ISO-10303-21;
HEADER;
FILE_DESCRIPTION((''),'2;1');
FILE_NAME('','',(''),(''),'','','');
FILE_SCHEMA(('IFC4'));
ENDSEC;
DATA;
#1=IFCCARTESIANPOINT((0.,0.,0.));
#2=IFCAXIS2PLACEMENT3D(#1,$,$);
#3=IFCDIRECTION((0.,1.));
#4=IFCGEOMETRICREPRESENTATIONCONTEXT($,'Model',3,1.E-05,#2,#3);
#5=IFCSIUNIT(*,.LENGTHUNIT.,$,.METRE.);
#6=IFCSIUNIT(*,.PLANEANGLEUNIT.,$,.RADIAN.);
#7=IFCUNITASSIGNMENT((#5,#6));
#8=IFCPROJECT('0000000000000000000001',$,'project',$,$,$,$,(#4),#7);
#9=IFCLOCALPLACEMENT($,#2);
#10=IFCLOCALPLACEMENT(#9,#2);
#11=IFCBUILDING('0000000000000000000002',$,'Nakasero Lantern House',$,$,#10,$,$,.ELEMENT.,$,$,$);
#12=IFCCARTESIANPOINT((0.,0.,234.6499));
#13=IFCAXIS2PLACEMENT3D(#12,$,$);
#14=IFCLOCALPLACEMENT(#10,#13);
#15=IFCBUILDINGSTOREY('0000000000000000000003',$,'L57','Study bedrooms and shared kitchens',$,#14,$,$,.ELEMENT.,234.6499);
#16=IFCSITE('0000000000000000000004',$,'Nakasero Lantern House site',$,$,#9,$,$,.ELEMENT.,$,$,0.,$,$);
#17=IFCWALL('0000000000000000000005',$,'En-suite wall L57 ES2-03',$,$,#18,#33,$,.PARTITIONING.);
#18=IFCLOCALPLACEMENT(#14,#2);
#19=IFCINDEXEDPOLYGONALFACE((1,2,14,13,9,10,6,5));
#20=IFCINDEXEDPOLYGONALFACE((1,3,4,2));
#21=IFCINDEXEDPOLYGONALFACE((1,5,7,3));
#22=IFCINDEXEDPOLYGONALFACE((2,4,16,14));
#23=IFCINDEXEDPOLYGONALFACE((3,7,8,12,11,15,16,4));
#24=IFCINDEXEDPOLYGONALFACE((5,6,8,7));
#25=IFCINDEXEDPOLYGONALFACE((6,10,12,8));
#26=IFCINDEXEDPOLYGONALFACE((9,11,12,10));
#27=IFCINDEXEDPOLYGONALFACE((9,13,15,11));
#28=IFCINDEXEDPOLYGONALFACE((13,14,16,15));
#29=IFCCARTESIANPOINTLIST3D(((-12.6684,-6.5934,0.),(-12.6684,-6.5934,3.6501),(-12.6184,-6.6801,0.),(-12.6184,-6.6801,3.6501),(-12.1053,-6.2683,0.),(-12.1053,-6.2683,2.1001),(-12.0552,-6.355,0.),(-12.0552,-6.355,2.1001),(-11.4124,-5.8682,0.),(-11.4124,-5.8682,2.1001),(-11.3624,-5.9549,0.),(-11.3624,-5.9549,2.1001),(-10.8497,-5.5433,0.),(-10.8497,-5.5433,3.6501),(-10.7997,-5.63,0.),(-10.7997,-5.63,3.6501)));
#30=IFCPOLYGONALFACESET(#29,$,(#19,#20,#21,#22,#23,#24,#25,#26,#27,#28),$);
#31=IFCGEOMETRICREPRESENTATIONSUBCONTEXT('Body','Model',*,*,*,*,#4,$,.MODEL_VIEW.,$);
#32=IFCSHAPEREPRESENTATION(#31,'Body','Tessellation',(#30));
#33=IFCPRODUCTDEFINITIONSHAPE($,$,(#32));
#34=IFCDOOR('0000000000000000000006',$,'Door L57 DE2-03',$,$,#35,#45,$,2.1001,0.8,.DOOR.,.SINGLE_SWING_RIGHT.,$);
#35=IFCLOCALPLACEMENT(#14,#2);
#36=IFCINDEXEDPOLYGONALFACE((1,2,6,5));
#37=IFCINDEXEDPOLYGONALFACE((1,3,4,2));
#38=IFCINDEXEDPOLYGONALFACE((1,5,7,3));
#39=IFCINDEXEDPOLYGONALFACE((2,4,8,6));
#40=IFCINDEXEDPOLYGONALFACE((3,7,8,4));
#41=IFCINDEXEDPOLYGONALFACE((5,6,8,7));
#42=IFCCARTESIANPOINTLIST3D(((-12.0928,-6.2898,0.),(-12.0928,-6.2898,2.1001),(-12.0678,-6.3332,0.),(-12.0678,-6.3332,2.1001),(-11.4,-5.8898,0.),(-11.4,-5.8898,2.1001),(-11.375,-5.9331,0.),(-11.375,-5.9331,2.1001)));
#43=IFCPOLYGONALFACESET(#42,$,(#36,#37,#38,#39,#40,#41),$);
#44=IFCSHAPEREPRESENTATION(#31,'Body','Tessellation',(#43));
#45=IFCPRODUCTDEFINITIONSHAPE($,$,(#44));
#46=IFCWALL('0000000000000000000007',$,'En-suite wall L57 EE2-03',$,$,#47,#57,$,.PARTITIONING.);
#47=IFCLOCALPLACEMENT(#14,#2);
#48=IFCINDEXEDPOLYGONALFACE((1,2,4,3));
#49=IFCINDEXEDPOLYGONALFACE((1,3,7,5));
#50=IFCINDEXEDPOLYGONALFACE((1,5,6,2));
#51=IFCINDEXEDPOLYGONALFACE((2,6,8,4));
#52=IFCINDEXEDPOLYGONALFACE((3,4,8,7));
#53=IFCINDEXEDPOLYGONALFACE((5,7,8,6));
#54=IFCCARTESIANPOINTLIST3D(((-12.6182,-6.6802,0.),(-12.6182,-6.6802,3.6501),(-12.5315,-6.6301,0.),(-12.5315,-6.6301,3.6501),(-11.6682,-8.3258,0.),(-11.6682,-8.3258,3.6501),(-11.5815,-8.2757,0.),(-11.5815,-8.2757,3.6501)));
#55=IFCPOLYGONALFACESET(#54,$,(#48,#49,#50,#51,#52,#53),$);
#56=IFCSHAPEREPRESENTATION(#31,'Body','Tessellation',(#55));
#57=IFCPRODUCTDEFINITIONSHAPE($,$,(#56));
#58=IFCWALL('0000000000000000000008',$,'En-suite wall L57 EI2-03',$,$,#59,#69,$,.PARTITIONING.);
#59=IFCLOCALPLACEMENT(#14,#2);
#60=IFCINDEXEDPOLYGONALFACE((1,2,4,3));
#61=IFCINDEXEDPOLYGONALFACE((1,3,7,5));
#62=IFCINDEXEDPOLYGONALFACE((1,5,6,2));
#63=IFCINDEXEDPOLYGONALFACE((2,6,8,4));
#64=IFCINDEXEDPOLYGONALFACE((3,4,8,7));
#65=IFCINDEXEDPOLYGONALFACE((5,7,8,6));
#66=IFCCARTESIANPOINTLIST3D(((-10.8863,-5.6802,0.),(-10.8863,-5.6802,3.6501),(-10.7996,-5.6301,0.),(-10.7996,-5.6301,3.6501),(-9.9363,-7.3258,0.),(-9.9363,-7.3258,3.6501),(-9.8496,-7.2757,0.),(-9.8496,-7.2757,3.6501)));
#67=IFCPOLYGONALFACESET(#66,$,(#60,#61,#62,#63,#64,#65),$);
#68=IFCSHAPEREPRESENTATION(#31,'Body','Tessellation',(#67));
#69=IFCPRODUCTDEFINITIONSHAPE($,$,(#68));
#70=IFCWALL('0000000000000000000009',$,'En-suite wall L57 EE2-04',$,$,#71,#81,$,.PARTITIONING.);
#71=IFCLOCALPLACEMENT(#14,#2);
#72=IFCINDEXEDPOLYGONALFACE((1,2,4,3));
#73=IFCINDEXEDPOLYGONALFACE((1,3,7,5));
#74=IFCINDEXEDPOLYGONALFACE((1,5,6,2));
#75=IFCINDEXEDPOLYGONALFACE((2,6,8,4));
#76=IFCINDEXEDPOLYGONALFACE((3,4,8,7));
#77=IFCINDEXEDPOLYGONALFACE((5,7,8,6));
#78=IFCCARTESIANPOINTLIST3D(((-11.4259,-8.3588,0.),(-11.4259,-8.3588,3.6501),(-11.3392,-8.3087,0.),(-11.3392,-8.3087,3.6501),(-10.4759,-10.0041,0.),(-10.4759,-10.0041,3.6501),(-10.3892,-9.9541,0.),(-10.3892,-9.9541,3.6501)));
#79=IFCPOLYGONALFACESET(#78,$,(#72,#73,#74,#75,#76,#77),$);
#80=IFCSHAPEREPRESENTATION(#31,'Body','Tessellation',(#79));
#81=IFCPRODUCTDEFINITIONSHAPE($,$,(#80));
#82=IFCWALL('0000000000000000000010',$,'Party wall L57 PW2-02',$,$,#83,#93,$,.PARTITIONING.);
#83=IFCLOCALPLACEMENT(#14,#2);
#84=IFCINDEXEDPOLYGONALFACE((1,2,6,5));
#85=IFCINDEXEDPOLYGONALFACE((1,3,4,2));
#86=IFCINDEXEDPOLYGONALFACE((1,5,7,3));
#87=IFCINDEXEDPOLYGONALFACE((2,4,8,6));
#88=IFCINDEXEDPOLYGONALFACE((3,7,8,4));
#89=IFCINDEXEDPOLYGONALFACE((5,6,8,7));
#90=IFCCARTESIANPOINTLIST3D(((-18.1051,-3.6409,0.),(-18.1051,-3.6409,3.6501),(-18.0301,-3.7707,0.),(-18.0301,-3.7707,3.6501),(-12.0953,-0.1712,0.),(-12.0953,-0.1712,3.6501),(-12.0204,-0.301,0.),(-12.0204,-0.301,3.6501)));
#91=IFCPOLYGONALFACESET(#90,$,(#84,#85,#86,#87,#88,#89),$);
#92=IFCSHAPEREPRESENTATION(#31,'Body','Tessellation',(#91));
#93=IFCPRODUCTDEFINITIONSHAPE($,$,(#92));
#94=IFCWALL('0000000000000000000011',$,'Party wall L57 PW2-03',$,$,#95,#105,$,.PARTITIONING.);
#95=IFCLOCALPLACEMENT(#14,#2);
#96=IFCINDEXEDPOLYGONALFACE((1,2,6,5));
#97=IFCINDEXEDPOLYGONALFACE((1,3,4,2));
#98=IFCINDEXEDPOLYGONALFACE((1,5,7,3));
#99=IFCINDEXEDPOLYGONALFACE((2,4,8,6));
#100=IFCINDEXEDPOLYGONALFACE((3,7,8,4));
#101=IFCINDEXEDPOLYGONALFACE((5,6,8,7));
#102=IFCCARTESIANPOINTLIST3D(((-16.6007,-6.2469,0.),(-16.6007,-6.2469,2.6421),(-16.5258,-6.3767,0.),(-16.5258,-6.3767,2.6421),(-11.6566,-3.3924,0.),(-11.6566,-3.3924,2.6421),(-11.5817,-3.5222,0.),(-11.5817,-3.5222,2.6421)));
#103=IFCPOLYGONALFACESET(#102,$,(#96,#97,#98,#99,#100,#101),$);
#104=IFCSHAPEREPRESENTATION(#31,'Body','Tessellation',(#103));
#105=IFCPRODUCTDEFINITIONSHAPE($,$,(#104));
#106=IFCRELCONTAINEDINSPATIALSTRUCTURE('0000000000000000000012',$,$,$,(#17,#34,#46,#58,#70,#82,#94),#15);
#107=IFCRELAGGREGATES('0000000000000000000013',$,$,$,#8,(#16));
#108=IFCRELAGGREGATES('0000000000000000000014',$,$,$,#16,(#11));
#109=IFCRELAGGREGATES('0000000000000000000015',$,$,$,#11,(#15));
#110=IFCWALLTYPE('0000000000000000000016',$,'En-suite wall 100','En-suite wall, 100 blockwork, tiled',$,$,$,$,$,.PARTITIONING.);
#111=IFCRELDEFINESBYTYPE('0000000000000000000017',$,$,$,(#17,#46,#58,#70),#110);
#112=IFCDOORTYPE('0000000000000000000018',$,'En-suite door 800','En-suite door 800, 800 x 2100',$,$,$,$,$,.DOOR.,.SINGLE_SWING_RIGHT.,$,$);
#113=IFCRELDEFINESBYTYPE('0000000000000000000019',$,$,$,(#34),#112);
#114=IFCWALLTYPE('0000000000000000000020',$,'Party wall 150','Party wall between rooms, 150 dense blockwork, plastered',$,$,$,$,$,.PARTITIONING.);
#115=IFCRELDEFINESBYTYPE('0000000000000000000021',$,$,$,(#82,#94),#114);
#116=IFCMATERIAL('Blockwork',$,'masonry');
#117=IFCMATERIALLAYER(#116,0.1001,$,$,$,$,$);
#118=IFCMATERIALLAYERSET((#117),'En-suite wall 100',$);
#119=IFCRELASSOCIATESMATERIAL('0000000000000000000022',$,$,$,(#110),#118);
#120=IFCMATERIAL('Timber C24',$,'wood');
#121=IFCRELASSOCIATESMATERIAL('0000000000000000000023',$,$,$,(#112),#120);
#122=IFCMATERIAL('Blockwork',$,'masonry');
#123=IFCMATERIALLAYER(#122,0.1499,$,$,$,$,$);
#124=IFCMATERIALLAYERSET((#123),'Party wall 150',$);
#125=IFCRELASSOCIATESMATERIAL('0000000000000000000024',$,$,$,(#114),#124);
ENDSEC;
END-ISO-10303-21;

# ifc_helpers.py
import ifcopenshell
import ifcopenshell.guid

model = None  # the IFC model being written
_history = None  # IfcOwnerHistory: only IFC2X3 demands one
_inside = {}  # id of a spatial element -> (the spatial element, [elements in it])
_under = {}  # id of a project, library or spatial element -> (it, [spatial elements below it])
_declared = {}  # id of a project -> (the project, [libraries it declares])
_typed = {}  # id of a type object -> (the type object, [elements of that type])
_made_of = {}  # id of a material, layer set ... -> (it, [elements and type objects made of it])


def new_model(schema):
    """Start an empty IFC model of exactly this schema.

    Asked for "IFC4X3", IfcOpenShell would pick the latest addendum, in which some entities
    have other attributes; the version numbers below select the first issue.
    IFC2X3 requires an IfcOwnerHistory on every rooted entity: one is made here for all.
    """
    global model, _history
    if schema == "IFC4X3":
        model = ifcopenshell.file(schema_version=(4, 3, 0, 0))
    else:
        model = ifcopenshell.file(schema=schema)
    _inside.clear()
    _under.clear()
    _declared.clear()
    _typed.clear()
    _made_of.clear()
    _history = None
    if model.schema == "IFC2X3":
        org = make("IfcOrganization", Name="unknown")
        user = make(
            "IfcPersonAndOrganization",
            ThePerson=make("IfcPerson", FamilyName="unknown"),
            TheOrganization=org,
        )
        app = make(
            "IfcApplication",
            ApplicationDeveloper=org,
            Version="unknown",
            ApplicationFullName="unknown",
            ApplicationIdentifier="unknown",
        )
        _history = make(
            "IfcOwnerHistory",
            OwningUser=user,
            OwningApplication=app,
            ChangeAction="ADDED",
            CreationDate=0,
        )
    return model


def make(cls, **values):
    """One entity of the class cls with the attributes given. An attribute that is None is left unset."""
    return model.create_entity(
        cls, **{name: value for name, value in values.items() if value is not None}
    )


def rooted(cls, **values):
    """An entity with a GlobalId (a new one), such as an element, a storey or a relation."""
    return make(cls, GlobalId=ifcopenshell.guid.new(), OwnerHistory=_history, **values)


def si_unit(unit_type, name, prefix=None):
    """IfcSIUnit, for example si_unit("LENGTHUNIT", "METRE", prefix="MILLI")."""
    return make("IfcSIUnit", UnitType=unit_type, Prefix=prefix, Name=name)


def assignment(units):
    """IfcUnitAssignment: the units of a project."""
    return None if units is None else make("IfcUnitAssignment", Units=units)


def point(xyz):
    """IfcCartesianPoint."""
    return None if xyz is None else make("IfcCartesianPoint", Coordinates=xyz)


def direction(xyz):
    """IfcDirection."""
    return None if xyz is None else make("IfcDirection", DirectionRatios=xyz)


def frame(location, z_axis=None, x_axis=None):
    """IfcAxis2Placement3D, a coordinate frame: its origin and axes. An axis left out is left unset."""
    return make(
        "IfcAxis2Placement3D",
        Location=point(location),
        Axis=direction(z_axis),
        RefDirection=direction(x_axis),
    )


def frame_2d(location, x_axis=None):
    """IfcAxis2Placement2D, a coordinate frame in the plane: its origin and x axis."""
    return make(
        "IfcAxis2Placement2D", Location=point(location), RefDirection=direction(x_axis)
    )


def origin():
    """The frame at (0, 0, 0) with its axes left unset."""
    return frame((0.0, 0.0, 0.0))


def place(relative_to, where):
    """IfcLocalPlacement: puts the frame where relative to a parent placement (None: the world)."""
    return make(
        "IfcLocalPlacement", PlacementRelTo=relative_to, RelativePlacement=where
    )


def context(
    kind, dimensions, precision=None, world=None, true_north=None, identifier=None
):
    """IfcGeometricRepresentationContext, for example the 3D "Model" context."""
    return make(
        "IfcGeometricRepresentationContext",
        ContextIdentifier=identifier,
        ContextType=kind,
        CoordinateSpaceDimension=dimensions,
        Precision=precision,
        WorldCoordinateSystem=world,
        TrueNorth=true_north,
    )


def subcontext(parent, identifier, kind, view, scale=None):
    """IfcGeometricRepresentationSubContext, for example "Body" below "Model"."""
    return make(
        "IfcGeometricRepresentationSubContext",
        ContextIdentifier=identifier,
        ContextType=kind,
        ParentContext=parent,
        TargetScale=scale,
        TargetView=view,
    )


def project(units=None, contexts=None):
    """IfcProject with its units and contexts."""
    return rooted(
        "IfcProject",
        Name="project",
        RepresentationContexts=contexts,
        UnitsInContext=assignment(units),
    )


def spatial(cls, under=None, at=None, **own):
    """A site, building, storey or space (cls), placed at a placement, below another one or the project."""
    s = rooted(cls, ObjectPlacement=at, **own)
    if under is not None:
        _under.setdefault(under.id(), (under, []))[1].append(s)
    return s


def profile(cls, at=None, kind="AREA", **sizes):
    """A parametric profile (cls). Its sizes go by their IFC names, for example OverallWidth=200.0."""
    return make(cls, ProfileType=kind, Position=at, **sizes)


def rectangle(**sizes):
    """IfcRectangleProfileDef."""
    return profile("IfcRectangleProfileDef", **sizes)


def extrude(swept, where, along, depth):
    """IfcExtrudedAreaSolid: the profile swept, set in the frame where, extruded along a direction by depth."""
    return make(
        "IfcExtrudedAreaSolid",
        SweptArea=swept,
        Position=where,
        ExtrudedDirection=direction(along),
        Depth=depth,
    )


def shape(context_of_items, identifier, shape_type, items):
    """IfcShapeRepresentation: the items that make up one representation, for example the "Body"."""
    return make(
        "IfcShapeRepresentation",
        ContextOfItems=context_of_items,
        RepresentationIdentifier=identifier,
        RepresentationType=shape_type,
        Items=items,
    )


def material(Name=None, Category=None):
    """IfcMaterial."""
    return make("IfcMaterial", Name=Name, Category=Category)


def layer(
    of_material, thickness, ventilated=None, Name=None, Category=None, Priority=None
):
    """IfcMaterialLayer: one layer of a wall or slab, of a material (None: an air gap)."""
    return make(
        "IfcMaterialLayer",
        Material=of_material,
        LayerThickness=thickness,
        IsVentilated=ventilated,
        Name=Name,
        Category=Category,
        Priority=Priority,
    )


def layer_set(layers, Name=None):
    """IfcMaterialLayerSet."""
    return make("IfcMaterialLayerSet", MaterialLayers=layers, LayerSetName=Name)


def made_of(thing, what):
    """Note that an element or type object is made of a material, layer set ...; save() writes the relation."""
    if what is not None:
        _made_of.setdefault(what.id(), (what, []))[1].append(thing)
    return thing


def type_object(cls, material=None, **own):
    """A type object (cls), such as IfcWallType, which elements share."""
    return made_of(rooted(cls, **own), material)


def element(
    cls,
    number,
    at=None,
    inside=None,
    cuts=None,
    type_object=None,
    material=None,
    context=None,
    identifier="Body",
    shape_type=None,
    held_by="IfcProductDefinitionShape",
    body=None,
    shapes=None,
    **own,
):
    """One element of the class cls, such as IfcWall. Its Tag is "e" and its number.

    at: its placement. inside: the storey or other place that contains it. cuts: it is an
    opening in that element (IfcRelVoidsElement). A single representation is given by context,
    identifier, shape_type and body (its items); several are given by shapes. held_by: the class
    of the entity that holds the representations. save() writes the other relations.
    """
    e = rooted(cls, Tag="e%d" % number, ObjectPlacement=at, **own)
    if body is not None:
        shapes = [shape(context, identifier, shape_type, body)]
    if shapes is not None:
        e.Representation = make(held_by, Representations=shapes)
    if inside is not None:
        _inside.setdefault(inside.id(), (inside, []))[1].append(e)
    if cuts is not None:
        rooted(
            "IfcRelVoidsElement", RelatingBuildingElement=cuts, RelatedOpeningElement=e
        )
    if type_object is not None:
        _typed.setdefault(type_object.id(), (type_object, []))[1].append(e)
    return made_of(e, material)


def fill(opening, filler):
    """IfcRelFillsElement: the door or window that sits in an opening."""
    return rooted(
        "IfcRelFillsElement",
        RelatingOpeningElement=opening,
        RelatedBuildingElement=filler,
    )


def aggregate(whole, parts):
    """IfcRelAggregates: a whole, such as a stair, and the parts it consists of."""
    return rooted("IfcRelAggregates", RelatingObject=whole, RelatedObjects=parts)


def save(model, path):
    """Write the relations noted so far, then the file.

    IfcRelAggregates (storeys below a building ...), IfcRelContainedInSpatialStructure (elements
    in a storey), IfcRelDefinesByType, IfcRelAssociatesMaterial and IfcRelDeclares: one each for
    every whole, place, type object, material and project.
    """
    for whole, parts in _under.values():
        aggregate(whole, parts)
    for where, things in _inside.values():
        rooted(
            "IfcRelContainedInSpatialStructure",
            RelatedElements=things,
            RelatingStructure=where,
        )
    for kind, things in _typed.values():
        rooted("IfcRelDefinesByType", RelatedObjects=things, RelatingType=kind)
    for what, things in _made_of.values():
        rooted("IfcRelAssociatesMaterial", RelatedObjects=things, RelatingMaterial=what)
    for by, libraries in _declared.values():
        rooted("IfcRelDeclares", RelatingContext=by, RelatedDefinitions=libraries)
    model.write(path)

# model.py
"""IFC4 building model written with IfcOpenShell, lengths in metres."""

from ifc_helpers import new_model, si_unit, direction, frame, frame_2d, origin, place, context, subcontext, project, spatial, rectangle, extrude, material, layer, layer_set, type_object, element, fill, save


model = new_model("IFC4")

# Units and contexts
model_context = context("Model", 3, precision=1e-05, world=origin(), true_north=direction((0.0, 1.0)))
body_context = subcontext(model_context, "Body", "Model", "MODEL_VIEW")
ifc_project = project(units=[si_unit("LENGTHUNIT", "METRE"), si_unit("PLANEANGLEUNIT", "RADIAN")], contexts=[model_context])

# Site, building, storey
site_placement = place(None, origin())
site = spatial("IfcSite", under=ifc_project, at=site_placement, Name="Nakasero Lantern House site", CompositionType="ELEMENT", RefElevation=0.0)
building_placement = place(site_placement, origin())
building = spatial("IfcBuilding", under=site, at=building_placement, Name="Nakasero Lantern House", CompositionType="ELEMENT")
storey_placement = place(building_placement, frame((0.0, 0.0, 234.6499)))
storey = spatial("IfcBuildingStorey", under=building, at=storey_placement, Name="L57", Description="Study bedrooms and shared kitchens", CompositionType="ELEMENT", Elevation=234.6499)

# Wall, opening, door
ifc_material_1 = material(Name="Blockwork", Category="masonry")
ifc_layer_1 = layer(ifc_material_1, 0.1001)
ifc_layer_set_1 = layer_set([ifc_layer_1], Name="En-suite wall 100")
wall_type_1 = type_object("IfcWallType", Name="En-suite wall 100", Description="En-suite wall, 100 blockwork, tiled", PredefinedType="PARTITIONING", material=ifc_layer_set_1)
wall_1_placement = place(storey_placement, frame((-10.8247, -5.5867, 0.0), z_axis=(0.0, 0.0, 1.0), x_axis=(-0.866009, -0.500028, 0.0)))
wall_1 = element("IfcWall", 1, at=wall_1_placement, inside=storey, type_object=wall_type_1, Name="En-suite wall L57 ES2-03", PredefinedType="PARTITIONING", context=body_context, shape_type="SweptSolid", body=[
    extrude(rectangle(XDim=2.1001, YDim=0.1001, at=frame_2d((1.05, 0.0))), origin(), (0.0, 0.0, 1.0), 3.6501),
])
opening_1_placement = place(wall_1_placement, frame((0.6499, 0.0, 0.0)))
opening_1 = element("IfcOpeningElement", 2, at=opening_1_placement, cuts=wall_1, PredefinedType="OPENING", context=body_context, shape_type="SweptSolid", body=[
    extrude(rectangle(XDim=0.8, YDim=2.1001, at=frame_2d((0.3999, 1.05))), frame((0.0, 0.0701, 0.0), z_axis=(0.0, -1.0, 0.0), x_axis=(1.0, 0.0, 0.0)), (0.0, 0.0, 1.0), 0.1401),
])
ifc_material_2 = material(Name="Timber C24", Category="wood")
door_type_1 = type_object("IfcDoorType", Name="En-suite door 800", Description="En-suite door 800, 800 x 2100", OperationType="SINGLE_SWING_RIGHT", PredefinedType="DOOR", material=ifc_material_2)
door_1_placement = place(opening_1_placement, origin())
door_1 = element("IfcDoor", 3, at=door_1_placement, inside=storey, type_object=door_type_1, Name="Door L57 DE2-03", OperationType="SINGLE_SWING_RIGHT", OverallHeight=2.1001, OverallWidth=0.8, PredefinedType="DOOR", context=body_context, shape_type="SweptSolid", body=[
    extrude(rectangle(XDim=0.8, YDim=2.1001, at=frame_2d((0.3999, 1.05))), frame((0.0, 0.0249, 0.0), z_axis=(0.0, -1.0, 0.0), x_axis=(1.0, 0.0, 0.0)), (0.0, 0.0, 1.0), 0.05),
])
fill(opening_1, door_1)

# Walls
for number, where, z_axis, x_axis, name in (
    (4, (-12.575, -6.655, 0.0), (0.0, 0.0, 1.0), (0.499967, -0.866044, 0.0), "En-suite wall L57 EE2-03"),
    (5, (-10.843, -5.655, 0.0), (0.0, 0.0, 1.0), (0.499967, -0.866044, 0.0), "En-suite wall L57 EI2-03"),
):
    element("IfcWall", number, at=place(storey_placement, frame(where, z_axis=z_axis, x_axis=x_axis)), inside=storey, type_object=wall_type_1, Name=name, PredefinedType="PARTITIONING", context=body_context, shape_type="SweptSolid", body=[
        extrude(rectangle(XDim=1.9001, YDim=0.1001, at=frame_2d((0.9502, 0.0))), origin(), (0.0, 0.0, 1.0), 3.6501),
    ])
wall_2_placement = place(storey_placement, frame((-11.3826, -8.3337, 0.0), z_axis=(0.0, 0.0, 1.0), x_axis=(0.500023, -0.866012, 0.0)))
element("IfcWall", 6, at=wall_2_placement, inside=storey, type_object=wall_type_1, Name="En-suite wall L57 EE2-04", PredefinedType="PARTITIONING", context=body_context, shape_type="SweptSolid", body=[
    extrude(rectangle(XDim=1.8999, YDim=0.1001, at=frame_2d((0.95, 0.0))), origin(), (0.0, 0.0, 1.0), 3.6501),
])
ifc_material_3 = material(Name="Blockwork", Category="masonry")
ifc_layer_2 = layer(ifc_material_3, 0.1499)
ifc_layer_set_2 = layer_set([ifc_layer_2], Name="Party wall 150")
wall_type_2 = type_object("IfcWallType", Name="Party wall 150", Description="Party wall between rooms, 150 dense blockwork, plastered", PredefinedType="PARTITIONING", material=ifc_layer_set_2)
wall_3_placement = place(storey_placement, frame((-12.0579, -0.2361, 0.0), z_axis=(0.0, 0.0, 1.0), x_axis=(-0.866026, -0.499999, 0.0)))
element("IfcWall", 7, at=wall_3_placement, inside=storey, type_object=wall_type_2, Name="Party wall L57 PW2-02", PredefinedType="PARTITIONING", context=body_context, shape_type="SweptSolid", body=[
    extrude(rectangle(XDim=6.9395, YDim=0.1499, at=frame_2d((3.4697, 0.0))), origin(), (0.0, 0.0, 1.0), 3.6501),
])
wall_4_placement = place(storey_placement, frame((-11.6191, -3.4573, 0.0), z_axis=(0.0, 0.0, 1.0), x_axis=(-0.866024, -0.500003, 0.0)))
element("IfcWall", 8, at=wall_4_placement, inside=storey, type_object=wall_type_2, Name="Party wall L57 PW2-03", PredefinedType="PARTITIONING", context=body_context, shape_type="SweptSolid", body=[
    extrude(rectangle(XDim=5.709, YDim=0.1499, at=frame_2d((2.8545, 0.0))), origin(), (0.0, 0.0, 1.0), 2.6421),
])

save(model, "model.ifc")
